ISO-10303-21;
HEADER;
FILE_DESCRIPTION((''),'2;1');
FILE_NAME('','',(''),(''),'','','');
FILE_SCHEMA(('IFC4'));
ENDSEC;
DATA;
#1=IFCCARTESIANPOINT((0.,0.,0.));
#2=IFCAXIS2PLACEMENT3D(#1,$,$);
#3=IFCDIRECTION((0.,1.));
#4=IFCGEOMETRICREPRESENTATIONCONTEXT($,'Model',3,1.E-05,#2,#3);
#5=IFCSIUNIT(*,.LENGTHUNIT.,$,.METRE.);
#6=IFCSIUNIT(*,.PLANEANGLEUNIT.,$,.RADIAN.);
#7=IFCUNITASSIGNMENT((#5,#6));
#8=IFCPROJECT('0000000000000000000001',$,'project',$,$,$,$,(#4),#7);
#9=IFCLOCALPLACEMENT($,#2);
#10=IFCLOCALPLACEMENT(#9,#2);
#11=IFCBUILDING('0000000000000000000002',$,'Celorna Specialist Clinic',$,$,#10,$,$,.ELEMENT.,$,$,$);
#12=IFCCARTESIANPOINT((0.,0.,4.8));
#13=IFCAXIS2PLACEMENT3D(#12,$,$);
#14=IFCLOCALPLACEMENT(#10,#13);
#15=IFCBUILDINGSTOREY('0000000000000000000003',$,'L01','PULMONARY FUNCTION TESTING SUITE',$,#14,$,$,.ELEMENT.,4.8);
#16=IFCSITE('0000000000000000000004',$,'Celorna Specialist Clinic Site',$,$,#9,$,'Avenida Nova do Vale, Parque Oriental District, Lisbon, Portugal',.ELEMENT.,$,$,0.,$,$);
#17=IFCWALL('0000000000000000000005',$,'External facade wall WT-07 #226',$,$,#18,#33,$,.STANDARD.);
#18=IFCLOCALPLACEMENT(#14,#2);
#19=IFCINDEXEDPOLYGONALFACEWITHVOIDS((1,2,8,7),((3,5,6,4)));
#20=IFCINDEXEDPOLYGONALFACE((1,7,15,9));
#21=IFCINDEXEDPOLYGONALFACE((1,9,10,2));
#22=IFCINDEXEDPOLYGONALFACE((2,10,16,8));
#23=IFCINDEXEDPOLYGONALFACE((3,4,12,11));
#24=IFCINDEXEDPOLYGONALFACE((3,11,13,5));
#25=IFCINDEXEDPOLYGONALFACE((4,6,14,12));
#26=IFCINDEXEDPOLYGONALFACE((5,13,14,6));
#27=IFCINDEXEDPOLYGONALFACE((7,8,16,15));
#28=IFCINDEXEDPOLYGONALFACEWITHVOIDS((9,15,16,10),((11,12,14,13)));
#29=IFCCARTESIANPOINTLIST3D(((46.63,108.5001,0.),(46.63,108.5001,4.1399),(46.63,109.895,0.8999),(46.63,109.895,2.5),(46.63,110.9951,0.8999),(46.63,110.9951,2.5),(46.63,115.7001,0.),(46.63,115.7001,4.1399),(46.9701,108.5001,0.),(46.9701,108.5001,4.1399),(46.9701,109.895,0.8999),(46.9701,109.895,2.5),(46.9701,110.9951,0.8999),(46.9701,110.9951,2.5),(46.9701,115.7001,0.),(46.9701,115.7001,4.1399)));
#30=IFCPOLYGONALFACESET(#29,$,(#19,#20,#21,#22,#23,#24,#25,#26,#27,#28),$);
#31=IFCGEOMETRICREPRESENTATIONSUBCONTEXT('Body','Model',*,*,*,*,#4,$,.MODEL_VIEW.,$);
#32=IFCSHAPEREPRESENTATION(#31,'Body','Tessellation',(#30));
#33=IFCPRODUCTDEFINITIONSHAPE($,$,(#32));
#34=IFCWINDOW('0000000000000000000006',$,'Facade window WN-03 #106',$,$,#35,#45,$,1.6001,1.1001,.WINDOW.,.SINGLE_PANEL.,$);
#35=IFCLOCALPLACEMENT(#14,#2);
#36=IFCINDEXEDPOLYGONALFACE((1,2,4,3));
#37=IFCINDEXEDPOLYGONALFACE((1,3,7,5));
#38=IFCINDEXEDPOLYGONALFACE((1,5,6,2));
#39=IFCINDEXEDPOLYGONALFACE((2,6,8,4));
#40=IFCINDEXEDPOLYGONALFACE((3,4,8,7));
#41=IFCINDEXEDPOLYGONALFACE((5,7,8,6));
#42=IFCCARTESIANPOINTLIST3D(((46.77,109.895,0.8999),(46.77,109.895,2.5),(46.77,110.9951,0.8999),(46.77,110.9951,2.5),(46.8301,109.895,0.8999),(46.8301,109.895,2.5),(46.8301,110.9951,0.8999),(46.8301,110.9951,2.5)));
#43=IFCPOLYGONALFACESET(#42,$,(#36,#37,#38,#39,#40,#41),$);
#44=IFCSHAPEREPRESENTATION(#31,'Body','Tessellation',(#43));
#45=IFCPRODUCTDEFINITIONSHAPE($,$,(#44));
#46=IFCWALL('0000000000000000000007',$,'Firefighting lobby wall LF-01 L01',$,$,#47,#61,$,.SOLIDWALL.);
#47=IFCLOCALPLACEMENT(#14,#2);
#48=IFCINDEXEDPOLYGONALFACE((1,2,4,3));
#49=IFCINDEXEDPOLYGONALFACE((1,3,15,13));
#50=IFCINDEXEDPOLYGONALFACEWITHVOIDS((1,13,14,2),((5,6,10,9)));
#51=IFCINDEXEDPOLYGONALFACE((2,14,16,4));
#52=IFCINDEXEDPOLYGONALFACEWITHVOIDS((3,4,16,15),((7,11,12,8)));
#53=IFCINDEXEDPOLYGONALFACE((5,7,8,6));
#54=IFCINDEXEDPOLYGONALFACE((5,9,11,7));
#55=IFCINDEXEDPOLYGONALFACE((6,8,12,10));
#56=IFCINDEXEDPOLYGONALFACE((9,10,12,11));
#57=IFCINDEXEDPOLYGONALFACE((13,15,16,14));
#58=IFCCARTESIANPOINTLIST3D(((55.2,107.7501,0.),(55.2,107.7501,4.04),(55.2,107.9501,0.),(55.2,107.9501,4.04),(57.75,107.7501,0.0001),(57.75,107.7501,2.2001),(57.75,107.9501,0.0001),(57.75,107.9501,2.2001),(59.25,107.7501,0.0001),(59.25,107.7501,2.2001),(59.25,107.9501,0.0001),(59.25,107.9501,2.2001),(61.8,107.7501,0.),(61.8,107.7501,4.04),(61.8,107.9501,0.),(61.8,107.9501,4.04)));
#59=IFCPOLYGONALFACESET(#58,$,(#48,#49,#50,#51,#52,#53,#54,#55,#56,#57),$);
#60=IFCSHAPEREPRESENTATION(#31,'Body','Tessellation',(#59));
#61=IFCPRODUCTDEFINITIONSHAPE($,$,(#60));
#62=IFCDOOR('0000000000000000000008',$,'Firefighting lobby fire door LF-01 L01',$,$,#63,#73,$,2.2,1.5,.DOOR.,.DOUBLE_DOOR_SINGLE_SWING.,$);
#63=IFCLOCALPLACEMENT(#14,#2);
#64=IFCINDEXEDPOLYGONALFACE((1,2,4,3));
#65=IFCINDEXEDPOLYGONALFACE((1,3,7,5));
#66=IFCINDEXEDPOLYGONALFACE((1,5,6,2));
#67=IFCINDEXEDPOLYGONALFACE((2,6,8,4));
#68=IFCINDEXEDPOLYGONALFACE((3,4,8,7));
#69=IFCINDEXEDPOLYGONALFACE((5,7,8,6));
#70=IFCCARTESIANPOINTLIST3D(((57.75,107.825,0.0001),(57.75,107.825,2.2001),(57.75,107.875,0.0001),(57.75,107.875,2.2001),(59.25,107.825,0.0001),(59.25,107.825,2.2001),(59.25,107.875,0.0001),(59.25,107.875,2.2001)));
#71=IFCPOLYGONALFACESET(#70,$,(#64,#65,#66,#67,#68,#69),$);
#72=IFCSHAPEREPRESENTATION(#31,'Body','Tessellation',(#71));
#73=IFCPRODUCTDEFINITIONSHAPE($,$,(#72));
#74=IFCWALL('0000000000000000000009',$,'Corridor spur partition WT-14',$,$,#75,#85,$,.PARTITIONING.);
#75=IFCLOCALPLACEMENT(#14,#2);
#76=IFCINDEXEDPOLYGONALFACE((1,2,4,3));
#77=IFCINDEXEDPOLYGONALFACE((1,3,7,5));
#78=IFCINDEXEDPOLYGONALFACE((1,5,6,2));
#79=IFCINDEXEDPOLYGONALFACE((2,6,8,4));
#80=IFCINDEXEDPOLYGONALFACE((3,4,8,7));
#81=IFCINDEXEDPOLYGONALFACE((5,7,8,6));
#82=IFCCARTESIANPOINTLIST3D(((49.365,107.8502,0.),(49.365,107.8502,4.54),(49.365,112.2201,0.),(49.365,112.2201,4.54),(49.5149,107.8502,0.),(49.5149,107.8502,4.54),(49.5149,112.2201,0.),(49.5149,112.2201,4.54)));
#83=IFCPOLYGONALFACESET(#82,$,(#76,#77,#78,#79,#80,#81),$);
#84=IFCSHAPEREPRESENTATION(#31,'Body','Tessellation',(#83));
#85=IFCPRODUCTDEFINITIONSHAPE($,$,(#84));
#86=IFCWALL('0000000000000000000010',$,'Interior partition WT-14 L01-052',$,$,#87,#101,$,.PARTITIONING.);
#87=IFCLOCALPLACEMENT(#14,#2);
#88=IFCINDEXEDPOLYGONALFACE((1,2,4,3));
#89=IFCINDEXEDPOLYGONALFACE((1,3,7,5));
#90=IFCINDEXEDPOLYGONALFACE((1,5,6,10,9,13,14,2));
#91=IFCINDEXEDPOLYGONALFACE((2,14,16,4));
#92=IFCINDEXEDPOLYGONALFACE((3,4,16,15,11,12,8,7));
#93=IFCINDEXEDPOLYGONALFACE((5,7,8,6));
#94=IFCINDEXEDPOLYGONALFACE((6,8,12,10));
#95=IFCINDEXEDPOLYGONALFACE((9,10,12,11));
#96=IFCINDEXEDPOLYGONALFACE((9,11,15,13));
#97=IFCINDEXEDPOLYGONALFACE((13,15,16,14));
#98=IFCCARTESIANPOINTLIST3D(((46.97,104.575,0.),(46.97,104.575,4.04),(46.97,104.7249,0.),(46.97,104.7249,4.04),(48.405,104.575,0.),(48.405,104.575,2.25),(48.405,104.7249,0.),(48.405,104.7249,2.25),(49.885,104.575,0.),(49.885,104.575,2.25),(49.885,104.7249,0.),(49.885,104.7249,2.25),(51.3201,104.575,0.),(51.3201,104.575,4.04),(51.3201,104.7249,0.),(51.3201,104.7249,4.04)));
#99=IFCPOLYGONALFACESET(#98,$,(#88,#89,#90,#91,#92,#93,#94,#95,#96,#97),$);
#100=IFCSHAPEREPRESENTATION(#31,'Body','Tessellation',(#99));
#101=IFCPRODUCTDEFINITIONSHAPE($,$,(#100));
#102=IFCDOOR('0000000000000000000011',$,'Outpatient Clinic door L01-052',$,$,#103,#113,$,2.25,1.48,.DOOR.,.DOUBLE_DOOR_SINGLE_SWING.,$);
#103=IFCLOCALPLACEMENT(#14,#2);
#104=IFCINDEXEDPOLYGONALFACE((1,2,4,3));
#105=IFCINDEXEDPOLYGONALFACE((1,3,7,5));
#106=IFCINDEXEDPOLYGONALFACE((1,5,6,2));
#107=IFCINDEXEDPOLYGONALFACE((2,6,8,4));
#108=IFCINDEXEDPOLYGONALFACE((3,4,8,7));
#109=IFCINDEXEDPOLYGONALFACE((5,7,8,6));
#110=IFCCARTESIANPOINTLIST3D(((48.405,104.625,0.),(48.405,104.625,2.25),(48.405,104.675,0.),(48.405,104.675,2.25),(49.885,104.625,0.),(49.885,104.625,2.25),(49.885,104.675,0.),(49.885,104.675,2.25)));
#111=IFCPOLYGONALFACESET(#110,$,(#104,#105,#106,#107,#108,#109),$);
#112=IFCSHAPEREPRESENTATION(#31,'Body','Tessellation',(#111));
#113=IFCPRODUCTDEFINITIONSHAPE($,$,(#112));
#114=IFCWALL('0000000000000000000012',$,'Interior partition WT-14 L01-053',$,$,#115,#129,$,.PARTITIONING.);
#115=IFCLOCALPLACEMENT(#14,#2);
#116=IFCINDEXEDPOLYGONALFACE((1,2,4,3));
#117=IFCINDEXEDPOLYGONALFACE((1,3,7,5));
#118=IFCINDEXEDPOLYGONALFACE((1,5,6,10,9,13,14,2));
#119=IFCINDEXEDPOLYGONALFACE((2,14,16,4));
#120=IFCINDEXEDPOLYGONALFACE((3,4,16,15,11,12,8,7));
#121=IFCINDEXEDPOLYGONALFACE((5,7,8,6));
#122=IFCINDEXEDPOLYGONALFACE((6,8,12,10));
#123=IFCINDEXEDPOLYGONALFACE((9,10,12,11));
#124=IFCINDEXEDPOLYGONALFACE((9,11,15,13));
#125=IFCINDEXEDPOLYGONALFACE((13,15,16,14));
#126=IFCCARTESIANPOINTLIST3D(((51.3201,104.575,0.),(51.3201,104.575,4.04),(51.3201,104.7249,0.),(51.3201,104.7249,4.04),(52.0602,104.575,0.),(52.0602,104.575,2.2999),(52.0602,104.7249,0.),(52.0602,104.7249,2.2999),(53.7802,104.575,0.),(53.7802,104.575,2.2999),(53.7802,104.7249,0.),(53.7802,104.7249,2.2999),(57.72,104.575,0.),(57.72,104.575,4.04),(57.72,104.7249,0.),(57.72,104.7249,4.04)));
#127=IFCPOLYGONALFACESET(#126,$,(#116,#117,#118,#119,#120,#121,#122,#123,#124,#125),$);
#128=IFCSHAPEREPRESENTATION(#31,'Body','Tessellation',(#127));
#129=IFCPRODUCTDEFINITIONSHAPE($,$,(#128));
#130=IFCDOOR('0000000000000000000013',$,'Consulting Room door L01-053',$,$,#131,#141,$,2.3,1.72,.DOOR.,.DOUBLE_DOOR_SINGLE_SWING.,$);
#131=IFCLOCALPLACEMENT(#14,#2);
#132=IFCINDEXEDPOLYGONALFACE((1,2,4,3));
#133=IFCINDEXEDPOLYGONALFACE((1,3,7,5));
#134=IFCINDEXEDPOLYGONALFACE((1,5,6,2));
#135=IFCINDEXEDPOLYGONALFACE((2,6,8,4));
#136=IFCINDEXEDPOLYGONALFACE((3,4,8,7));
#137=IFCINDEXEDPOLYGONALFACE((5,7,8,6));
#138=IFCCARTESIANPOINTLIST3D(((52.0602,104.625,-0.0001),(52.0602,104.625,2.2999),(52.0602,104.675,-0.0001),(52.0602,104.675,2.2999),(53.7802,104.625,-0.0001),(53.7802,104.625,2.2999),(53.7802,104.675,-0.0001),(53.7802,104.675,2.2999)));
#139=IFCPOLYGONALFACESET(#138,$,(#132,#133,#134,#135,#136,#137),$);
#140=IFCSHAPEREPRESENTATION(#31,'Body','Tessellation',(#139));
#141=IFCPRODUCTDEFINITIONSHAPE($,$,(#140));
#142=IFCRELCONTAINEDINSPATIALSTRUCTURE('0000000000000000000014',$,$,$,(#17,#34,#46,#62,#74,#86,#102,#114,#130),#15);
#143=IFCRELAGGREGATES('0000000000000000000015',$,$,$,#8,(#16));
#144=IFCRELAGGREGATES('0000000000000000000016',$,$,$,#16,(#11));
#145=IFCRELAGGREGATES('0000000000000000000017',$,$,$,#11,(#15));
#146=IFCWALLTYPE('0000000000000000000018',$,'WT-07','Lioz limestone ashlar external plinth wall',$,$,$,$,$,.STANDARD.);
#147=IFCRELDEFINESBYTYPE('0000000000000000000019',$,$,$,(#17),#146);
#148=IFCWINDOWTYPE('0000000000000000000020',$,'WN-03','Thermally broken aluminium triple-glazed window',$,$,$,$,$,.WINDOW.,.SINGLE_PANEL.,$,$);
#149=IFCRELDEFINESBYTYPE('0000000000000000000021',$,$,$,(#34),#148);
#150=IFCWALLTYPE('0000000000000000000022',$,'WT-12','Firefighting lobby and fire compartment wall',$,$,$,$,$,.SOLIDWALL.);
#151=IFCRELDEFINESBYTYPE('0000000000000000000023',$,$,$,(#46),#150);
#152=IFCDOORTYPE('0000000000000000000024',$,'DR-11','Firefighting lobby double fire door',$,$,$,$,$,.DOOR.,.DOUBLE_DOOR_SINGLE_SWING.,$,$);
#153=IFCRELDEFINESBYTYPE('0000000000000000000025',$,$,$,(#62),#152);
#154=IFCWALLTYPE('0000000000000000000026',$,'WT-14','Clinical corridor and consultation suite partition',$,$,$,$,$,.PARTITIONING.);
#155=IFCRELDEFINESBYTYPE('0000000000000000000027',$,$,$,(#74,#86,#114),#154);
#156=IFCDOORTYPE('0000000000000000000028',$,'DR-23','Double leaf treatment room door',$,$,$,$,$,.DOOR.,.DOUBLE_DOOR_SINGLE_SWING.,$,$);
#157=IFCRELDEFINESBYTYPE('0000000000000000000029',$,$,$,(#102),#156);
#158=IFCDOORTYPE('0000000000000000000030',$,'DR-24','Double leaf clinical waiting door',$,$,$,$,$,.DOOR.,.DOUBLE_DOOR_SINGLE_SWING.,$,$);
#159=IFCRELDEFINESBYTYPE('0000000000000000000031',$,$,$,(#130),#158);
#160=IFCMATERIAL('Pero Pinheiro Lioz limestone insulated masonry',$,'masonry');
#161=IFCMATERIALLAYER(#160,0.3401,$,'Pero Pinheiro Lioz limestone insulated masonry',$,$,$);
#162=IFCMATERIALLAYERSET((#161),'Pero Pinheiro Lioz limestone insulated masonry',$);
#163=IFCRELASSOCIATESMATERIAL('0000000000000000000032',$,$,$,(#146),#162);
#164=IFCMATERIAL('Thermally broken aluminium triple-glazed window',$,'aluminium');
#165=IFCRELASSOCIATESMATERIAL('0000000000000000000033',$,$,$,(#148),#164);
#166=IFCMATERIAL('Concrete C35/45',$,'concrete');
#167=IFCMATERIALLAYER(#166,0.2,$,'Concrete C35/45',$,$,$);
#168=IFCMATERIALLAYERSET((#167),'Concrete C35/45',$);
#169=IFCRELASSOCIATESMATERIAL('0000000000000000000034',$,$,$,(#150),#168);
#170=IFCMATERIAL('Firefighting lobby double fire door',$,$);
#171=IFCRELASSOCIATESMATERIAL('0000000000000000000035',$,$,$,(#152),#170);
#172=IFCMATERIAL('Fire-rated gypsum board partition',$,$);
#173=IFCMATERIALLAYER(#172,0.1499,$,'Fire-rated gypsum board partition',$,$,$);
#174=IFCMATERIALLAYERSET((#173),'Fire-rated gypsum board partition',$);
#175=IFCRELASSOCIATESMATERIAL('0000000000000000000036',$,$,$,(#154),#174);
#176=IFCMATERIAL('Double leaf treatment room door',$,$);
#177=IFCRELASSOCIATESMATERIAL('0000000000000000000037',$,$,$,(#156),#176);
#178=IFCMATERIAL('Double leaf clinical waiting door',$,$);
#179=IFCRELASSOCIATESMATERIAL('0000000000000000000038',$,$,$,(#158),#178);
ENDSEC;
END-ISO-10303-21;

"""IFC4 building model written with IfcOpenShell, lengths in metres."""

from ifc_helpers import new_model, si_unit, direction, frame, frame_2d, origin, place, context, subcontext, project, spatial, rectangle, extrude, material, layer, layer_set, type_object, element, fill, save


model = new_model("IFC4")

# Units and contexts
model_context = context("Model", 3, precision=1e-05, world=origin(), true_north=direction((0.0, 1.0)))
body_context = subcontext(model_context, "Body", "Model", "MODEL_VIEW")
ifc_project = project(units=[si_unit("LENGTHUNIT", "METRE"), si_unit("PLANEANGLEUNIT", "RADIAN")], contexts=[model_context])

# Site, building, storey
site_placement = place(None, origin())
site = spatial("IfcSite", under=ifc_project, at=site_placement, Name="Celorna Specialist Clinic Site", LongName="Avenida Nova do Vale, Parque Oriental District, Lisbon, Portugal", CompositionType="ELEMENT", RefElevation=0.0)
building_placement = place(site_placement, origin())
building = spatial("IfcBuilding", under=site, at=building_placement, Name="Celorna Specialist Clinic", CompositionType="ELEMENT")
storey_placement = place(building_placement, frame((0.0, 0.0, 4.8)))
storey = spatial("IfcBuildingStorey", under=building, at=storey_placement, Name="L01", Description="PULMONARY FUNCTION TESTING SUITE", CompositionType="ELEMENT", Elevation=4.8)

# Wall, opening, window
ifc_material_1 = material(Name="Pero Pinheiro Lioz limestone insulated masonry", Category="masonry")
ifc_layer_1 = layer(ifc_material_1, 0.3401, Name="Pero Pinheiro Lioz limestone insulated masonry")
ifc_layer_set_1 = layer_set([ifc_layer_1], Name="Pero Pinheiro Lioz limestone insulated masonry")
wall_type_1 = type_object("IfcWallType", Name="WT-07", Description="Lioz limestone ashlar external plinth wall", PredefinedType="STANDARD", material=ifc_layer_set_1)
wall_1_placement = place(storey_placement, frame((46.8, 108.5, 0.0), z_axis=(0.0, 0.0, 1.0), x_axis=(0.0, 1.0, 0.0)))
wall_1 = element("IfcWall", 1, at=wall_1_placement, inside=storey, type_object=wall_type_1, Name="External facade wall WT-07 #226", PredefinedType="STANDARD", context=body_context, shape_type="SweptSolid", body=[
    extrude(rectangle(XDim=7.2, YDim=0.3401, at=frame_2d((3.6001, 0.0))), origin(), (0.0, 0.0, 1.0), 4.1399),
])
opening_1_placement = place(wall_1_placement, frame((1.395, 0.0, 0.8999)))
opening_1 = element("IfcOpeningElement", 2, at=opening_1_placement, cuts=wall_1, PredefinedType="OPENING", context=body_context, shape_type="SweptSolid", body=[
    extrude(rectangle(XDim=1.1001, YDim=1.6001, at=frame_2d((0.55, 0.8))), frame((0.0, 0.1799, 0.0), z_axis=(0.0, -1.0, 0.0), x_axis=(1.0, 0.0, 0.0)), (0.0, 0.0, 1.0), 0.3601),
])
ifc_material_2 = material(Name="Thermally broken aluminium triple-glazed window", Category="aluminium")
window_type = type_object("IfcWindowType", Name="WN-03", Description="Thermally broken aluminium triple-glazed window", PartitioningType="SINGLE_PANEL", PredefinedType="WINDOW", material=ifc_material_2)
window_placement = place(opening_1_placement, origin())
window = element("IfcWindow", 3, at=window_placement, inside=storey, type_object=window_type, Name="Facade window WN-03 #106", OverallHeight=1.6001, OverallWidth=1.1001, PartitioningType="SINGLE_PANEL", PredefinedType="WINDOW", context=body_context, shape_type="SweptSolid", body=[
    extrude(rectangle(XDim=1.1001, YDim=1.6001, at=frame_2d((0.55, 0.8))), frame((0.0, 0.03, 0.0), z_axis=(0.0, -1.0, 0.0), x_axis=(1.0, 0.0, 0.0)), (0.0, 0.0, 1.0), 0.0601),
])
fill(opening_1, window)

# Wall, opening, door
ifc_material_3 = material(Name="Concrete C35/45", Category="concrete")
ifc_layer_2 = layer(ifc_material_3, 0.2, Name="Concrete C35/45")
ifc_layer_set_2 = layer_set([ifc_layer_2], Name="Concrete C35/45")
wall_type_2 = type_object("IfcWallType", Name="WT-12", Description="Firefighting lobby and fire compartment wall", PredefinedType="SOLIDWALL", material=ifc_layer_set_2)
wall_2_placement = place(storey_placement, frame((55.2, 107.8501, 0.0), z_axis=(0.0, 0.0, 1.0), x_axis=(1.0, 0.0, 0.0)))
wall_2 = element("IfcWall", 4, at=wall_2_placement, inside=storey, type_object=wall_type_2, Name="Firefighting lobby wall LF-01 L01", PredefinedType="SOLIDWALL", context=body_context, shape_type="SweptSolid", body=[
    extrude(rectangle(XDim=6.6001, YDim=0.2, at=frame_2d((3.3, 0.0))), origin(), (0.0, 0.0, 1.0), 4.04),
])
opening_2_placement = place(wall_2_placement, frame((2.55, 0.0, 0.0)))
opening_2 = element("IfcOpeningElement", 5, at=opening_2_placement, cuts=wall_2, PredefinedType="OPENING", context=body_context, shape_type="SweptSolid", body=[
    extrude(rectangle(XDim=1.5, YDim=2.2, at=frame_2d((0.75, 1.1001))), frame((0.0, 0.1099, 0.0), z_axis=(0.0, -1.0, 0.0), x_axis=(1.0, 0.0, 0.0)), (0.0, 0.0, 1.0), 0.22),
])
ifc_material_4 = material(Name="Firefighting lobby double fire door")
door_type_1 = type_object("IfcDoorType", Name="DR-11", Description="Firefighting lobby double fire door", OperationType="DOUBLE_DOOR_SINGLE_SWING", PredefinedType="DOOR", material=ifc_material_4)
door_1_placement = place(opening_2_placement, origin())
door_1 = element("IfcDoor", 6, at=door_1_placement, inside=storey, type_object=door_type_1, Name="Firefighting lobby fire door LF-01 L01", OperationType="DOUBLE_DOOR_SINGLE_SWING", OverallHeight=2.2, OverallWidth=1.5, PredefinedType="DOOR", context=body_context, shape_type="SweptSolid", body=[
    extrude(rectangle(XDim=1.5, YDim=2.2, at=frame_2d((0.75, 1.1001))), frame((0.0, 0.0249, 0.0), z_axis=(0.0, -1.0, 0.0), x_axis=(1.0, 0.0, 0.0)), (0.0, 0.0, 1.0), 0.05),
])
fill(opening_2, door_1)

# Wall
ifc_material_5 = material(Name="Fire-rated gypsum board partition")
ifc_layer_3 = layer(ifc_material_5, 0.1499, Name="Fire-rated gypsum board partition")
ifc_layer_set_3 = layer_set([ifc_layer_3], Name="Fire-rated gypsum board partition")
wall_type_3 = type_object("IfcWallType", Name="WT-14", Description="Clinical corridor and consultation suite partition", PredefinedType="PARTITIONING", material=ifc_layer_set_3)
wall_3_placement = place(storey_placement, frame((49.4399, 107.8501, 0.0), z_axis=(0.0, 0.0, 1.0), x_axis=(0.0, 1.0, 0.0)))
element("IfcWall", 7, at=wall_3_placement, inside=storey, type_object=wall_type_3, Name="Corridor spur partition WT-14", PredefinedType="PARTITIONING", context=body_context, shape_type="SweptSolid", body=[
    extrude(rectangle(XDim=4.3699, YDim=0.1499, at=frame_2d((2.1851, 0.0))), origin(), (0.0, 0.0, 1.0), 4.54),
])

# Walls, openings, doors
wall_4_placement = place(storey_placement, frame((51.3201, 104.6499, 0.0), z_axis=(0.0, 0.0, 1.0), x_axis=(-1.0, 0.0, 0.0)))
wall_4 = element("IfcWall", 8, at=wall_4_placement, inside=storey, type_object=wall_type_3, Name="Interior partition WT-14 L01-052", PredefinedType="PARTITIONING", context=body_context, shape_type="SweptSolid", body=[
    extrude(rectangle(XDim=4.3501, YDim=0.1499, at=frame_2d((2.175, 0.0))), origin(), (0.0, 0.0, 1.0), 4.04),
])
opening_3_placement = place(wall_4_placement, frame((1.4351, 0.0, 0.0)))
opening_3 = element("IfcOpeningElement", 9, at=opening_3_placement, cuts=wall_4, PredefinedType="OPENING", context=body_context, shape_type="SweptSolid", body=[
    extrude(rectangle(XDim=1.48, YDim=2.25, at=frame_2d((0.74, 1.125))), frame((0.0, 0.085, 0.0), z_axis=(0.0, -1.0, 0.0), x_axis=(1.0, 0.0, 0.0)), (0.0, 0.0, 1.0), 0.1699),
])
ifc_material_6 = material(Name="Double leaf treatment room door")
door_type_2 = type_object("IfcDoorType", Name="DR-23", Description="Double leaf treatment room door", OperationType="DOUBLE_DOOR_SINGLE_SWING", PredefinedType="DOOR", material=ifc_material_6)
door_2_placement = place(opening_3_placement, origin())
door_2 = element("IfcDoor", 10, at=door_2_placement, inside=storey, type_object=door_type_2, Name="Outpatient Clinic door L01-052", OperationType="DOUBLE_DOOR_SINGLE_SWING", OverallHeight=2.25, OverallWidth=1.48, PredefinedType="DOOR", context=body_context, shape_type="SweptSolid", body=[
    extrude(rectangle(XDim=1.48, YDim=2.25, at=frame_2d((0.74, 1.125))), frame((0.0, 0.0249, 0.0), z_axis=(0.0, -1.0, 0.0), x_axis=(1.0, 0.0, 0.0)), (0.0, 0.0, 1.0), 0.05),
])
fill(opening_3, door_2)
wall_5_placement = place(storey_placement, frame((57.72, 104.6499, 0.0), z_axis=(0.0, 0.0, 1.0), x_axis=(-1.0, 0.0, 0.0)))
wall_5 = element("IfcWall", 11, at=wall_5_placement, inside=storey, type_object=wall_type_3, Name="Interior partition WT-14 L01-053", PredefinedType="PARTITIONING", context=body_context, shape_type="SweptSolid", body=[
    extrude(rectangle(XDim=6.3999, YDim=0.1499, at=frame_2d((3.2, 0.0))), origin(), (0.0, 0.0, 1.0), 4.04),
])
opening_4_placement = place(wall_5_placement, frame((3.9399, 0.0, 0.0)))
opening_4 = element("IfcOpeningElement", 12, at=opening_4_placement, cuts=wall_5, PredefinedType="OPENING", context=body_context, shape_type="SweptSolid", body=[
    extrude(rectangle(XDim=1.72, YDim=2.3, at=frame_2d((0.8599, 1.1499))), frame((0.0, 0.085, 0.0), z_axis=(0.0, -1.0, 0.0), x_axis=(1.0, 0.0, 0.0)), (0.0, 0.0, 1.0), 0.1699),
])
ifc_material_7 = material(Name="Double leaf clinical waiting door")
door_type_3 = type_object("IfcDoorType", Name="DR-24", Description="Double leaf clinical waiting door", OperationType="DOUBLE_DOOR_SINGLE_SWING", PredefinedType="DOOR", material=ifc_material_7)
door_3_placement = place(opening_4_placement, origin())
door_3 = element("IfcDoor", 13, at=door_3_placement, inside=storey, type_object=door_type_3, Name="Consulting Room door L01-053", OperationType="DOUBLE_DOOR_SINGLE_SWING", OverallHeight=2.3, OverallWidth=1.72, PredefinedType="DOOR", context=body_context, shape_type="SweptSolid", body=[
    extrude(rectangle(XDim=1.72, YDim=2.3, at=frame_2d((0.8599, 1.1499))), frame((0.0, 0.0249, 0.0), z_axis=(0.0, -1.0, 0.0), x_axis=(1.0, 0.0, 0.0)), (0.0, 0.0, 1.0), 0.05),
])
fill(opening_4, door_3)

save(model, "model.ifc")
